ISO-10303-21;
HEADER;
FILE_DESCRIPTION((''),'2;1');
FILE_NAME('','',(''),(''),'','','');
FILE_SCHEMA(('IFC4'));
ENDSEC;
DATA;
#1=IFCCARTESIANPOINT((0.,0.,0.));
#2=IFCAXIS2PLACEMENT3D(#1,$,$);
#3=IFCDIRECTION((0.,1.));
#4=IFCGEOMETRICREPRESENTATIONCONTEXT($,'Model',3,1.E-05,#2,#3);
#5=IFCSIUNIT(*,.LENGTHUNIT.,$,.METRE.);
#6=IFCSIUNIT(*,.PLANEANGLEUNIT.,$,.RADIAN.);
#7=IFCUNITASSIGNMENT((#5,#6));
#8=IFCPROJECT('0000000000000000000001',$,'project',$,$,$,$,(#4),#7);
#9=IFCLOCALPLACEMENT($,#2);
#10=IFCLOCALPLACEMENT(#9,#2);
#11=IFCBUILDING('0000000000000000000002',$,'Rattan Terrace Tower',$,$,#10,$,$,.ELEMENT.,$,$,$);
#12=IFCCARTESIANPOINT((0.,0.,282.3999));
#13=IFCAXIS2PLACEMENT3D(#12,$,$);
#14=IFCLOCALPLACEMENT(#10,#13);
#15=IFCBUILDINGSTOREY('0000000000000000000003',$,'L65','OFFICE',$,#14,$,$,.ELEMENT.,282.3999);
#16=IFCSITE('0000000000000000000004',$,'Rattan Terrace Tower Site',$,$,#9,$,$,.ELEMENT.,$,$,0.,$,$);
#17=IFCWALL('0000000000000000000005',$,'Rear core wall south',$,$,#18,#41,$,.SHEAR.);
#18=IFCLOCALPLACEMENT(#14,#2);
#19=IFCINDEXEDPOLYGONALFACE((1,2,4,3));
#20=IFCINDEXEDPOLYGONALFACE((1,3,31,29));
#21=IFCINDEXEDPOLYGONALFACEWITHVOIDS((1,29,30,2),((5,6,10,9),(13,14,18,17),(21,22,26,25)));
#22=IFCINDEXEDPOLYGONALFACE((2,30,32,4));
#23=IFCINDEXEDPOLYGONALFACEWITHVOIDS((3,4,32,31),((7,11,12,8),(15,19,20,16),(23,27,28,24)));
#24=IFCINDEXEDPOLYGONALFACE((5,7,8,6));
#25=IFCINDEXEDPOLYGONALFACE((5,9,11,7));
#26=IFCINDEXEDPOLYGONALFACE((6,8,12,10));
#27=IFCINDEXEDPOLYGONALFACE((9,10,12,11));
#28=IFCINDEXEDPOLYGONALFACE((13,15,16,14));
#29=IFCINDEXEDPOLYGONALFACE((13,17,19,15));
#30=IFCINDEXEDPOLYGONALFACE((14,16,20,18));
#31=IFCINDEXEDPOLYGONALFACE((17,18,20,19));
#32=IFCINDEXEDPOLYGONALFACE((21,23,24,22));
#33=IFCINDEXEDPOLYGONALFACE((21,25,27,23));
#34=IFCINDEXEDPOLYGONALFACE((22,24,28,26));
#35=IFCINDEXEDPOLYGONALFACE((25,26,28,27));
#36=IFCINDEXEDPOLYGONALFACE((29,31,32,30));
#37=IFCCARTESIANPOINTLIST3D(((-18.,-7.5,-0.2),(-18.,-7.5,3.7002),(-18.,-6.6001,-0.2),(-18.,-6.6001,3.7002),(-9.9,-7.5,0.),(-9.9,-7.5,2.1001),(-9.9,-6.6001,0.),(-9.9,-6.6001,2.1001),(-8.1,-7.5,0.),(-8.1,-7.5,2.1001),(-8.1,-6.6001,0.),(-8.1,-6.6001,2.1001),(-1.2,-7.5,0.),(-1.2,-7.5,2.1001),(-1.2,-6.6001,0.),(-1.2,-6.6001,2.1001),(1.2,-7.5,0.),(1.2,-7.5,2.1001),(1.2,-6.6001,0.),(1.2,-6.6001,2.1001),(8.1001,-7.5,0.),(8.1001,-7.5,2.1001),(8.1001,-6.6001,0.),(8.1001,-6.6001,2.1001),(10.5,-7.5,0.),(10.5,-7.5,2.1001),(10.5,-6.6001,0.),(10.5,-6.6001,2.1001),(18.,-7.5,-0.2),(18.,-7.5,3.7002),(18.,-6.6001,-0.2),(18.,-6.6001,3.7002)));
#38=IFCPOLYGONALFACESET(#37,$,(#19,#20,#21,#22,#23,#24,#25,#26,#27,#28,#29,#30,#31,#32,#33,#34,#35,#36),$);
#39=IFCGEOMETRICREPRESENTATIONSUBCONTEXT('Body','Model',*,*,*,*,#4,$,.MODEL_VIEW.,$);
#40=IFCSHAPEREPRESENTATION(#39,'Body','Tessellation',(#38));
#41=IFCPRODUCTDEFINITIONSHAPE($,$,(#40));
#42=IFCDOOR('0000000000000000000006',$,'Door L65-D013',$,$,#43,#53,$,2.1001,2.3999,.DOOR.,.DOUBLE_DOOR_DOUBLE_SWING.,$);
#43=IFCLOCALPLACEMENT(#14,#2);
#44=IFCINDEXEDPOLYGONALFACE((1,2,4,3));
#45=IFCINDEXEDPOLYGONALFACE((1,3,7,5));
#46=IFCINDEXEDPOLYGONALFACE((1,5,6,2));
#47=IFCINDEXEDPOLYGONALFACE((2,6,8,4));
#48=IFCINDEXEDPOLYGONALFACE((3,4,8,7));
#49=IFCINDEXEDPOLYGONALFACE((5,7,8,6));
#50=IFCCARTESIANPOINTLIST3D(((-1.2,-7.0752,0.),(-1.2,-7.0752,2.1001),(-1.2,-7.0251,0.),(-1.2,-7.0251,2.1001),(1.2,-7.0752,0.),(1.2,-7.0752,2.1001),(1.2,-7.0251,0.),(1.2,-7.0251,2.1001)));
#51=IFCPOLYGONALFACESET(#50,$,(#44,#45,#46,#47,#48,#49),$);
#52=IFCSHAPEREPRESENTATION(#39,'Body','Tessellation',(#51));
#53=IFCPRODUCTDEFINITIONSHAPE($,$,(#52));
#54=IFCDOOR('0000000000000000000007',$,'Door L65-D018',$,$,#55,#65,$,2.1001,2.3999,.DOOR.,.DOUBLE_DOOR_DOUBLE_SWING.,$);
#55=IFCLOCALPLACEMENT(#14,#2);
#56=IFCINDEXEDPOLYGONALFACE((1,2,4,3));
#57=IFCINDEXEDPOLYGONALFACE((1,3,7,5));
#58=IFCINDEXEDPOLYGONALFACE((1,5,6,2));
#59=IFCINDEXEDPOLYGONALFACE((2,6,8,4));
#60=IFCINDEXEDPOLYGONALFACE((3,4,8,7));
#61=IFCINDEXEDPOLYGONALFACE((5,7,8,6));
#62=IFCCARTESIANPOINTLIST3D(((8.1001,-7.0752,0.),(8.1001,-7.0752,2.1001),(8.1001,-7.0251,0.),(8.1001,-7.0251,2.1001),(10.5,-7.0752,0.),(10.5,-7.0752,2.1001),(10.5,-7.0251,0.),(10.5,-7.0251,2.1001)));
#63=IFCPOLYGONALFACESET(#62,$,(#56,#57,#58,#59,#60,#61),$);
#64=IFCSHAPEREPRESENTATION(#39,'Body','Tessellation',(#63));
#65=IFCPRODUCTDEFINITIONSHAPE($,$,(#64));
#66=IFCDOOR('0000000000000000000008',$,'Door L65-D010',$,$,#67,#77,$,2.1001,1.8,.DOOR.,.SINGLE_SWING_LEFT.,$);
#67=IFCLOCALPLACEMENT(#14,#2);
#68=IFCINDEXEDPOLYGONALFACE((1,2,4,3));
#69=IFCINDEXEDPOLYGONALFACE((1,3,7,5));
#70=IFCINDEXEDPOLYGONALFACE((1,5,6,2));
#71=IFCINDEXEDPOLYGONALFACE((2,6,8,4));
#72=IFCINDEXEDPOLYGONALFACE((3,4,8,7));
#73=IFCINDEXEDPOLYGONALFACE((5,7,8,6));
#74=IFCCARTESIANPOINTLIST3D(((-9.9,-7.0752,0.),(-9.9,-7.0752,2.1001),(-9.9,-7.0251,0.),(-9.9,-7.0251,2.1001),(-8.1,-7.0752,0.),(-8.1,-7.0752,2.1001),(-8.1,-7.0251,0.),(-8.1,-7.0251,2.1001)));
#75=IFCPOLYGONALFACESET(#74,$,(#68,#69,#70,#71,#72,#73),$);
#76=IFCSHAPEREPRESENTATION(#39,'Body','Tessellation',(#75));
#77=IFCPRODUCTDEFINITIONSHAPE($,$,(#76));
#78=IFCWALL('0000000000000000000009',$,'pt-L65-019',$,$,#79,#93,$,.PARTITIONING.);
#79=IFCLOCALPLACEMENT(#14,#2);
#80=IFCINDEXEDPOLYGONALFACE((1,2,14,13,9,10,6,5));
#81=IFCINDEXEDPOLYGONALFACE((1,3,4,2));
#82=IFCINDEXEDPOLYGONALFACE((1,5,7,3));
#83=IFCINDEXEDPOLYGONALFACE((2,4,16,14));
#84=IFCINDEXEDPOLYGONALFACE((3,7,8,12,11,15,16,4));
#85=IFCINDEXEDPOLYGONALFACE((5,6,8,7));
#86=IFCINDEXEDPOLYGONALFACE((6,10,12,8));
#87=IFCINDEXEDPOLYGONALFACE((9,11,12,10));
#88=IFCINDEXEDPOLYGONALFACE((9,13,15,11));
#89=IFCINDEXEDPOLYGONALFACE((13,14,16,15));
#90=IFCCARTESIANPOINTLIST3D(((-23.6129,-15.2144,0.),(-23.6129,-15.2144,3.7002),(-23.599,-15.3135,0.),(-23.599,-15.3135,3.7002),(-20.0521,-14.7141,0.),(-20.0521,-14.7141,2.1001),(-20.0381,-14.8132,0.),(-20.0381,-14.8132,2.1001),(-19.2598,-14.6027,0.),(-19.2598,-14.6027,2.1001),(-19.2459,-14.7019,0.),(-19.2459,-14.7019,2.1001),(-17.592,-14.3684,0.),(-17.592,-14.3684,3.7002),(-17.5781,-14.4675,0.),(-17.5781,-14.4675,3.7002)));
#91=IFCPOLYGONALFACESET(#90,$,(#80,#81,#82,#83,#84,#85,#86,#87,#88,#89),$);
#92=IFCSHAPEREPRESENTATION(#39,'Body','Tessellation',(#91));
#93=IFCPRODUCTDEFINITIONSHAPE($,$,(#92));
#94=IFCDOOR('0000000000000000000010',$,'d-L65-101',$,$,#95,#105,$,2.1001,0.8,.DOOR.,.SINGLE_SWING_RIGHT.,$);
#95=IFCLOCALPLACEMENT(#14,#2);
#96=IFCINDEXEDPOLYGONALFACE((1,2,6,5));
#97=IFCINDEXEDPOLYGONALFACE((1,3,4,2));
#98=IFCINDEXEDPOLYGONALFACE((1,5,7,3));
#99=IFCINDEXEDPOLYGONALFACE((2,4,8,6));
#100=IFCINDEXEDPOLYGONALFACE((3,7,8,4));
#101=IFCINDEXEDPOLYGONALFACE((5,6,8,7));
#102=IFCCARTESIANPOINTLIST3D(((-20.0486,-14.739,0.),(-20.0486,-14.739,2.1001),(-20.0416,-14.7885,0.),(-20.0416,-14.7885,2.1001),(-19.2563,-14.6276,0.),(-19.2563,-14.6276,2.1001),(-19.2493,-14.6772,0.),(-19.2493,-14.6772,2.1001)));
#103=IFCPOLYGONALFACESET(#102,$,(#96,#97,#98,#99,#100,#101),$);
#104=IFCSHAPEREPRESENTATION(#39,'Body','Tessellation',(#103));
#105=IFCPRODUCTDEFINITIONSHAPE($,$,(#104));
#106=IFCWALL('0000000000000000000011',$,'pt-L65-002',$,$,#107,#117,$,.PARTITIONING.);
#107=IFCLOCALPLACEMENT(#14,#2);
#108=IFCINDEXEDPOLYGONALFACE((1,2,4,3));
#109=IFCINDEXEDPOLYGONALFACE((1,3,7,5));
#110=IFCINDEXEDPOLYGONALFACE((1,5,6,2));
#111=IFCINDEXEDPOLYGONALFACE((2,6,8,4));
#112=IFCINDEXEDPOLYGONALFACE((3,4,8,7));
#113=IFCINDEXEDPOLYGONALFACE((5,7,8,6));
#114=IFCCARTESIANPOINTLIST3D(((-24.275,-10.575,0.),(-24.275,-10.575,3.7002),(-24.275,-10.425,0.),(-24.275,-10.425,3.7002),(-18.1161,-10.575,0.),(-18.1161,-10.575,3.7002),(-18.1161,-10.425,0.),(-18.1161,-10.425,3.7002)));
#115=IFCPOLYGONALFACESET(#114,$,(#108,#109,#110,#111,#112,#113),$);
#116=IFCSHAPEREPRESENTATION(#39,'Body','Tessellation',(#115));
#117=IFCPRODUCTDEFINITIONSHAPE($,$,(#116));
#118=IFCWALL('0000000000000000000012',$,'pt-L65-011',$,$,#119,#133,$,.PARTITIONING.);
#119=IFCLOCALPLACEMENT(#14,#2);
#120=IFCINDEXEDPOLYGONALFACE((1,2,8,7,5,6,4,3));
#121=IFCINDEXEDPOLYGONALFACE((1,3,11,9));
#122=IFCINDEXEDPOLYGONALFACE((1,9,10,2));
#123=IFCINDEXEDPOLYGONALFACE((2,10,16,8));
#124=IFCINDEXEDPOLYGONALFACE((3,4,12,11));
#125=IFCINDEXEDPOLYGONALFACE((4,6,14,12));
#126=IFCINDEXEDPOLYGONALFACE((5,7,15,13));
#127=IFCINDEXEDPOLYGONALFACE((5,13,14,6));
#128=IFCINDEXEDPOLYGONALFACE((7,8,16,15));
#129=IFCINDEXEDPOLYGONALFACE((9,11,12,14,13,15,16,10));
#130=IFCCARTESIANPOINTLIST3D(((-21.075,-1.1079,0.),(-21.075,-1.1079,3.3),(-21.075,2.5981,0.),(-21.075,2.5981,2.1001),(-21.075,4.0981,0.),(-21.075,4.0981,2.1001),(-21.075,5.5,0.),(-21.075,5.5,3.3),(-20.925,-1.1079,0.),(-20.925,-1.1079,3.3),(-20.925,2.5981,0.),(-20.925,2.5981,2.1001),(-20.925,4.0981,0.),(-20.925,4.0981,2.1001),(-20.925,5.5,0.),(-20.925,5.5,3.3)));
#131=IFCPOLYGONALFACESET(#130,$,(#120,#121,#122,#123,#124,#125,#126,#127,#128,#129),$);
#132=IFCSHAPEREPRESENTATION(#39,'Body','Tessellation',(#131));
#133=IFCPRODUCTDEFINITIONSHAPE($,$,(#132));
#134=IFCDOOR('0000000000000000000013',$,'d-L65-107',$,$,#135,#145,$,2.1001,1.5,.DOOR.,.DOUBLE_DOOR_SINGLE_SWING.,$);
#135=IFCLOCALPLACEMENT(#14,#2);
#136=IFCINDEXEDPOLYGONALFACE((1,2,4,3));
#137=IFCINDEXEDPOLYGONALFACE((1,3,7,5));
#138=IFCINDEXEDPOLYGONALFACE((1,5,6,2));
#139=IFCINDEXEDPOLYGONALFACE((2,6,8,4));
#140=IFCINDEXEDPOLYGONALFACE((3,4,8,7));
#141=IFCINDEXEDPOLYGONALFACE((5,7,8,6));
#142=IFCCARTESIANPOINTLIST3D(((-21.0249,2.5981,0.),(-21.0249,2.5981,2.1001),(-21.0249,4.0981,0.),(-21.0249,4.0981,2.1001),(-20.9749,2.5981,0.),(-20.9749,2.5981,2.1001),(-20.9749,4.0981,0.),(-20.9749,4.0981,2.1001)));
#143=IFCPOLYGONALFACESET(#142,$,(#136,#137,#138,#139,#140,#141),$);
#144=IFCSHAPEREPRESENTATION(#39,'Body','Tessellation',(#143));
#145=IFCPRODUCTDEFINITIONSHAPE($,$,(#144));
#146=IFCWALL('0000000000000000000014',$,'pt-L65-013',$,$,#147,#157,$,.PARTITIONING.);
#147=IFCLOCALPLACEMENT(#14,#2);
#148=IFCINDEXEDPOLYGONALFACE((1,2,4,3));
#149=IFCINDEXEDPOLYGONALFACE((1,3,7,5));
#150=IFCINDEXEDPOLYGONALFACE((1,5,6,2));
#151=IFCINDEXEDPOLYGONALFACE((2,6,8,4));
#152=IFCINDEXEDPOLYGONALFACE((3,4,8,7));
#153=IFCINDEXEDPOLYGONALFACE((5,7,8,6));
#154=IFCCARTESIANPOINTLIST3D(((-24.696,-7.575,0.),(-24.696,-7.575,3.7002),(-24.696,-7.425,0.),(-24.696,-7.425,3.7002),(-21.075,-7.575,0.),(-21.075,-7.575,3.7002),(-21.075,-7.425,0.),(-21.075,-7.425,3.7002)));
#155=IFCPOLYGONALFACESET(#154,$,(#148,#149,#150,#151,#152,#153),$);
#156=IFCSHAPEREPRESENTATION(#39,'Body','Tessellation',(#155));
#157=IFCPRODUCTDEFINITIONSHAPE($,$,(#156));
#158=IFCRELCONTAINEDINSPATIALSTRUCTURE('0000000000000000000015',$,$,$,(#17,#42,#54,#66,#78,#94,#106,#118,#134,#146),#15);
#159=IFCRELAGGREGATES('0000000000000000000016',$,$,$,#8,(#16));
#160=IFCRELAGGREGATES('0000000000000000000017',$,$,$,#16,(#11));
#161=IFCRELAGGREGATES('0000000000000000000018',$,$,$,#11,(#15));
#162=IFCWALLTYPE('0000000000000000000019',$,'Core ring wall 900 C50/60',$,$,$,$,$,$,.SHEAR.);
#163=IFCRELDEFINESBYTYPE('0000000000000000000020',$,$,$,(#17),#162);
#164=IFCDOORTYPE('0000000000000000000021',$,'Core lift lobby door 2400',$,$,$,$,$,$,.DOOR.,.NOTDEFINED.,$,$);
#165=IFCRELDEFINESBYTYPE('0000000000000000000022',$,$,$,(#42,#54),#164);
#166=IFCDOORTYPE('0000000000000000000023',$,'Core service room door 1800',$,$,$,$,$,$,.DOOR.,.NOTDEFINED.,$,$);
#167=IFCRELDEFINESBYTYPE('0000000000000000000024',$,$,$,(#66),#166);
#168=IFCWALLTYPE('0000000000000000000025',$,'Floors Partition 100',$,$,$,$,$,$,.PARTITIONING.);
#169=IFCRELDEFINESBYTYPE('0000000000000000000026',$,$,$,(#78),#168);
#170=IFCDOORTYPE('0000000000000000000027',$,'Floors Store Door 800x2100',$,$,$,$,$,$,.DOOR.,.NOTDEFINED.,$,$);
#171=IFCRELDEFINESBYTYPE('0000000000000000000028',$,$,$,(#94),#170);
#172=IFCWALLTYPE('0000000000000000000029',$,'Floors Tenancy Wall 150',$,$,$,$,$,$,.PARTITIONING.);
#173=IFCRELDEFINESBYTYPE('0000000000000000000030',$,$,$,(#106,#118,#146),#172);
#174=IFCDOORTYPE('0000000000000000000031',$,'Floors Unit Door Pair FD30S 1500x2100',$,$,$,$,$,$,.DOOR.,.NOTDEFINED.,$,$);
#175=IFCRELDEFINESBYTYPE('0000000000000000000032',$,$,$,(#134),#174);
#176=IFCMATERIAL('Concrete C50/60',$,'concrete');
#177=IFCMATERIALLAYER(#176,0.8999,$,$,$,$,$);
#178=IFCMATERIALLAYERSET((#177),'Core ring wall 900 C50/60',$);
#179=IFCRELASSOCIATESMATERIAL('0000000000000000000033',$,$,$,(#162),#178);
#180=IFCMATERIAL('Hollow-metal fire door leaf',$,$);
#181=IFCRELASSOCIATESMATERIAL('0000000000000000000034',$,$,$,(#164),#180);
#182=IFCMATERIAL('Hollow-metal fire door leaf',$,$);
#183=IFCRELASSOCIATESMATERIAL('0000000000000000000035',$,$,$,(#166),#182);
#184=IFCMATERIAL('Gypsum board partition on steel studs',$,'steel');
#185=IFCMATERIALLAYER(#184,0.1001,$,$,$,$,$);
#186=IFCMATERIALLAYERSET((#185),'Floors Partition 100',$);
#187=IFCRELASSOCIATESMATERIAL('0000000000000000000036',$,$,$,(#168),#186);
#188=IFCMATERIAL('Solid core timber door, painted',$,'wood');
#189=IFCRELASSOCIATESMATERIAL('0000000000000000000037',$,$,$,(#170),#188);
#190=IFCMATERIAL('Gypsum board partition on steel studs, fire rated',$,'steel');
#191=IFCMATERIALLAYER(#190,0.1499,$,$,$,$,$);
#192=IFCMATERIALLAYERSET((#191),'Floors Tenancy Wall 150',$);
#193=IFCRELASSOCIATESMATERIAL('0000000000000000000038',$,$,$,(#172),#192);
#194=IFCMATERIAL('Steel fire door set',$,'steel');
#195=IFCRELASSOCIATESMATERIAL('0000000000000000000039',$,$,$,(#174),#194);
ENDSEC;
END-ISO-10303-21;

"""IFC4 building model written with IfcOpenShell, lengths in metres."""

from ifc_helpers import new_model, si_unit, direction, frame, frame_2d, origin, place, context, subcontext, project, spatial, rectangle, extrude, material, layer, layer_set, type_object, element, fill, save


model = new_model("IFC4")

# Units and contexts
model_context = context("Model", 3, precision=1e-05, world=origin(), true_north=direction((0.0, 1.0)))
body_context = subcontext(model_context, "Body", "Model", "MODEL_VIEW")
ifc_project = project(units=[si_unit("LENGTHUNIT", "METRE"), si_unit("PLANEANGLEUNIT", "RADIAN")], contexts=[model_context])

# Site, building, storey
site_placement = place(None, origin())
site = spatial("IfcSite", under=ifc_project, at=site_placement, Name="Rattan Terrace Tower Site", CompositionType="ELEMENT", RefElevation=0.0)
building_placement = place(site_placement, origin())
building = spatial("IfcBuilding", under=site, at=building_placement, Name="Rattan Terrace Tower", CompositionType="ELEMENT")
storey_placement = place(building_placement, frame((0.0, 0.0, 282.3999)))
storey = spatial("IfcBuildingStorey", under=building, at=storey_placement, Name="L65", Description="OFFICE", CompositionType="ELEMENT", Elevation=282.3999)

# Wall, openings, doors
ifc_material_1 = material(Name="Concrete C50/60", Category="concrete")
ifc_layer_1 = layer(ifc_material_1, 0.8999)
ifc_layer_set_1 = layer_set([ifc_layer_1], Name="Core ring wall 900 C50/60")
wall_type_1 = type_object("IfcWallType", Name="Core ring wall 900 C50/60", PredefinedType="SHEAR", material=ifc_layer_set_1)
wall_1_placement = place(storey_placement, frame((-18.0, -7.05, -0.2), z_axis=(0.0, 0.0, 1.0), x_axis=(1.0, 0.0, 0.0)))
wall_1 = element("IfcWall", 1, at=wall_1_placement, inside=storey, type_object=wall_type_1, Name="Rear core wall south", PredefinedType="SHEAR", context=body_context, shape_type="SweptSolid", body=[
    extrude(rectangle(XDim=36.0, YDim=0.8999, at=frame_2d((18.0, 0.0))), origin(), (0.0, 0.0, 1.0), 3.9001),
])
opening_1_placement = place(wall_1_placement, frame((8.1001, 0.0, 0.2)))
opening_1 = element("IfcOpeningElement", 2, at=opening_1_placement, cuts=wall_1, PredefinedType="OPENING", context=body_context, shape_type="SweptSolid", body=[
    extrude(rectangle(XDim=1.8, YDim=2.1001, at=frame_2d((0.8999, 1.05))), frame((0.0, 0.4604, 0.0), z_axis=(0.0, -1.0, 0.0), x_axis=(1.0, 0.0, 0.0)), (0.0, 0.0, 1.0), 0.9209),
])
opening_2_placement = place(wall_1_placement, frame((16.8, 0.0, 0.2)))
opening_2 = element("IfcOpeningElement", 3, at=opening_2_placement, cuts=wall_1, PredefinedType="OPENING", context=body_context, shape_type="SweptSolid", body=[
    extrude(rectangle(XDim=2.3999, YDim=2.1001, at=frame_2d((1.2, 1.05))), frame((0.0, 0.4604, 0.0), z_axis=(0.0, -1.0, 0.0), x_axis=(1.0, 0.0, 0.0)), (0.0, 0.0, 1.0), 0.9209),
])
opening_3_placement = place(wall_1_placement, frame((26.1001, 0.0, 0.2)))
opening_3 = element("IfcOpeningElement", 4, at=opening_3_placement, cuts=wall_1, PredefinedType="OPENING", context=body_context, shape_type="SweptSolid", body=[
    extrude(rectangle(XDim=2.3999, YDim=2.1001, at=frame_2d((1.2, 1.05))), frame((0.0, 0.4604, 0.0), z_axis=(0.0, -1.0, 0.0), x_axis=(1.0, 0.0, 0.0)), (0.0, 0.0, 1.0), 0.9209),
])
ifc_material_2 = material(Name="Hollow-metal fire door leaf")
door_type_1 = type_object("IfcDoorType", Name="Core lift lobby door 2400", OperationType="NOTDEFINED", PredefinedType="DOOR", material=ifc_material_2)
door_1_placement = place(opening_2_placement, origin())
door_1 = element("IfcDoor", 5, at=door_1_placement, inside=storey, type_object=door_type_1, Name="Door L65-D013", OperationType="DOUBLE_DOOR_DOUBLE_SWING", OverallHeight=2.1001, OverallWidth=2.3999, PredefinedType="DOOR", context=body_context, shape_type="SweptSolid", body=[
    extrude(rectangle(XDim=2.3999, YDim=2.1001, at=frame_2d((1.2, 1.05))), frame((0.0, 0.0249, 0.0), z_axis=(0.0, -1.0, 0.0), x_axis=(1.0, 0.0, 0.0)), (0.0, 0.0, 1.0), 0.05),
])
fill(opening_2, door_1)
door_2_placement = place(opening_3_placement, origin())
door_2 = element("IfcDoor", 6, at=door_2_placement, inside=storey, type_object=door_type_1, Name="Door L65-D018", OperationType="DOUBLE_DOOR_DOUBLE_SWING", OverallHeight=2.1001, OverallWidth=2.3999, PredefinedType="DOOR", context=body_context, shape_type="SweptSolid", body=[
    extrude(rectangle(XDim=2.3999, YDim=2.1001, at=frame_2d((1.2, 1.05))), frame((0.0, 0.0249, 0.0), z_axis=(0.0, -1.0, 0.0), x_axis=(1.0, 0.0, 0.0)), (0.0, 0.0, 1.0), 0.05),
])
fill(opening_3, door_2)
ifc_material_3 = material(Name="Hollow-metal fire door leaf")
door_type_2 = type_object("IfcDoorType", Name="Core service room door 1800", OperationType="NOTDEFINED", PredefinedType="DOOR", material=ifc_material_3)
door_3_placement = place(opening_1_placement, origin())
door_3 = element("IfcDoor", 7, at=door_3_placement, inside=storey, type_object=door_type_2, Name="Door L65-D010", OperationType="SINGLE_SWING_LEFT", OverallHeight=2.1001, OverallWidth=1.8, PredefinedType="DOOR", context=body_context, shape_type="SweptSolid", body=[
    extrude(rectangle(XDim=1.8, YDim=2.1001, at=frame_2d((0.8999, 1.05))), frame((0.0, 0.0249, 0.0), z_axis=(0.0, -1.0, 0.0), x_axis=(1.0, 0.0, 0.0)), (0.0, 0.0, 1.0), 0.05),
])
fill(opening_1, door_3)

# Wall, opening, door
ifc_material_4 = material(Name="Gypsum board partition on steel studs", Category="steel")
ifc_layer_2 = layer(ifc_material_4, 0.1001)
ifc_layer_set_2 = layer_set([ifc_layer_2], Name="Floors Partition 100")
wall_type_2 = type_object("IfcWallType", Name="Floors Partition 100", PredefinedType="PARTITIONING", material=ifc_layer_set_2)
wall_2_placement = place(storey_placement, frame((-23.606, -15.2639, 0.0), z_axis=(0.0, 0.0, 1.0), x_axis=(0.990274, 0.139133, 0.0)))
wall_2 = element("IfcWall", 8, at=wall_2_placement, inside=storey, type_object=wall_type_2, Name="pt-L65-019", PredefinedType="PARTITIONING", context=body_context, shape_type="SweptSolid", body=[
    extrude(rectangle(XDim=6.0801, YDim=0.1001, at=frame_2d((3.04, 0.0))), origin(), (0.0, 0.0, 1.0), 3.7002),
])
opening_4_placement = place(wall_2_placement, frame((3.5959, 0.0, 0.0)))
opening_4 = element("IfcOpeningElement", 9, at=opening_4_placement, cuts=wall_2, PredefinedType="OPENING", context=body_context, shape_type="SweptSolid", body=[
    extrude(rectangle(XDim=0.8, YDim=2.1001, at=frame_2d((0.3999, 1.05))), frame((0.0, 0.0605, 0.0), z_axis=(0.0, -1.0, 0.0), x_axis=(1.0, 0.0, 0.0)), (0.0, 0.0, 1.0), 0.1211),
])
ifc_material_5 = material(Name="Solid core timber door, painted", Category="wood")
door_type_3 = type_object("IfcDoorType", Name="Floors Store Door 800x2100", OperationType="NOTDEFINED", PredefinedType="DOOR", material=ifc_material_5)
door_4_placement = place(opening_4_placement, origin())
door_4 = element("IfcDoor", 10, at=door_4_placement, inside=storey, type_object=door_type_3, Name="d-L65-101", OperationType="SINGLE_SWING_RIGHT", OverallHeight=2.1001, OverallWidth=0.8, PredefinedType="DOOR", context=body_context, shape_type="SweptSolid", body=[
    extrude(rectangle(XDim=0.8, YDim=2.1001, at=frame_2d((0.3999, 1.05))), frame((0.0, 0.0249, 0.0), z_axis=(0.0, -1.0, 0.0), x_axis=(1.0, 0.0, 0.0)), (0.0, 0.0, 1.0), 0.05),
])
fill(opening_4, door_4)

# Wall
ifc_material_6 = material(Name="Gypsum board partition on steel studs, fire rated", Category="steel")
ifc_layer_3 = layer(ifc_material_6, 0.1499)
ifc_layer_set_3 = layer_set([ifc_layer_3], Name="Floors Tenancy Wall 150")
wall_type_3 = type_object("IfcWallType", Name="Floors Tenancy Wall 150", PredefinedType="PARTITIONING", material=ifc_layer_set_3)
wall_3_placement = place(storey_placement, frame((-18.116, -10.5, 0.0), z_axis=(0.0, 0.0, 1.0), x_axis=(-1.0, 0.0, 0.0)))
element("IfcWall", 11, at=wall_3_placement, inside=storey, type_object=wall_type_3, Name="pt-L65-002", PredefinedType="PARTITIONING", context=body_context, shape_type="SweptSolid", body=[
    extrude(rectangle(XDim=6.1589, YDim=0.1499, at=frame_2d((3.0796, 0.0))), origin(), (0.0, 0.0, 1.0), 3.7002),
])

# Wall, opening, door
wall_4_placement = place(storey_placement, frame((-21.0, -1.1079, 0.0), z_axis=(0.0, 0.0, 1.0), x_axis=(0.0, 1.0, 0.0)))
wall_4 = element("IfcWall", 12, at=wall_4_placement, inside=storey, type_object=wall_type_3, Name="pt-L65-011", PredefinedType="PARTITIONING", context=body_context, shape_type="SweptSolid", body=[
    extrude(rectangle(XDim=6.6079, YDim=0.1499, at=frame_2d((3.304, 0.0))), origin(), (0.0, 0.0, 1.0), 3.3),
])
opening_5_placement = place(wall_4_placement, frame((3.7061, 0.0, 0.0)))
opening_5 = element("IfcOpeningElement", 13, at=opening_5_placement, cuts=wall_4, PredefinedType="OPENING", context=body_context, shape_type="SweptSolid", body=[
    extrude(rectangle(XDim=1.5, YDim=2.1001, at=frame_2d((0.75, 1.05))), frame((0.0, 0.0854, 0.0), z_axis=(0.0, -1.0, 0.0), x_axis=(1.0, 0.0, 0.0)), (0.0, 0.0, 1.0), 0.1709),
])
ifc_material_7 = material(Name="Steel fire door set", Category="steel")
door_type_4 = type_object("IfcDoorType", Name="Floors Unit Door Pair FD30S 1500x2100", OperationType="NOTDEFINED", PredefinedType="DOOR", material=ifc_material_7)
door_5_placement = place(opening_5_placement, origin())
door_5 = element("IfcDoor", 14, at=door_5_placement, inside=storey, type_object=door_type_4, Name="d-L65-107", OperationType="DOUBLE_DOOR_SINGLE_SWING", OverallHeight=2.1001, OverallWidth=1.5, PredefinedType="DOOR", context=body_context, shape_type="SweptSolid", body=[
    extrude(rectangle(XDim=1.5, YDim=2.1001, at=frame_2d((0.75, 1.05))), frame((0.0, 0.0249, 0.0), z_axis=(0.0, -1.0, 0.0), x_axis=(1.0, 0.0, 0.0)), (0.0, 0.0, 1.0), 0.05),
])
fill(opening_5, door_5)

# Wall
wall_5_placement = place(storey_placement, frame((-24.696, -7.5, 0.0), z_axis=(0.0, 0.0, 1.0), x_axis=(1.0, 0.0, 0.0)))
element("IfcWall", 15, at=wall_5_placement, inside=storey, type_object=wall_type_3, Name="pt-L65-013", PredefinedType="PARTITIONING", context=body_context, shape_type="SweptSolid", body=[
    extrude(rectangle(XDim=3.6211, YDim=0.1499, at=frame_2d((1.8105, 0.0))), origin(), (0.0, 0.0, 1.0), 3.7002),
])

save(model, "model.ifc")
